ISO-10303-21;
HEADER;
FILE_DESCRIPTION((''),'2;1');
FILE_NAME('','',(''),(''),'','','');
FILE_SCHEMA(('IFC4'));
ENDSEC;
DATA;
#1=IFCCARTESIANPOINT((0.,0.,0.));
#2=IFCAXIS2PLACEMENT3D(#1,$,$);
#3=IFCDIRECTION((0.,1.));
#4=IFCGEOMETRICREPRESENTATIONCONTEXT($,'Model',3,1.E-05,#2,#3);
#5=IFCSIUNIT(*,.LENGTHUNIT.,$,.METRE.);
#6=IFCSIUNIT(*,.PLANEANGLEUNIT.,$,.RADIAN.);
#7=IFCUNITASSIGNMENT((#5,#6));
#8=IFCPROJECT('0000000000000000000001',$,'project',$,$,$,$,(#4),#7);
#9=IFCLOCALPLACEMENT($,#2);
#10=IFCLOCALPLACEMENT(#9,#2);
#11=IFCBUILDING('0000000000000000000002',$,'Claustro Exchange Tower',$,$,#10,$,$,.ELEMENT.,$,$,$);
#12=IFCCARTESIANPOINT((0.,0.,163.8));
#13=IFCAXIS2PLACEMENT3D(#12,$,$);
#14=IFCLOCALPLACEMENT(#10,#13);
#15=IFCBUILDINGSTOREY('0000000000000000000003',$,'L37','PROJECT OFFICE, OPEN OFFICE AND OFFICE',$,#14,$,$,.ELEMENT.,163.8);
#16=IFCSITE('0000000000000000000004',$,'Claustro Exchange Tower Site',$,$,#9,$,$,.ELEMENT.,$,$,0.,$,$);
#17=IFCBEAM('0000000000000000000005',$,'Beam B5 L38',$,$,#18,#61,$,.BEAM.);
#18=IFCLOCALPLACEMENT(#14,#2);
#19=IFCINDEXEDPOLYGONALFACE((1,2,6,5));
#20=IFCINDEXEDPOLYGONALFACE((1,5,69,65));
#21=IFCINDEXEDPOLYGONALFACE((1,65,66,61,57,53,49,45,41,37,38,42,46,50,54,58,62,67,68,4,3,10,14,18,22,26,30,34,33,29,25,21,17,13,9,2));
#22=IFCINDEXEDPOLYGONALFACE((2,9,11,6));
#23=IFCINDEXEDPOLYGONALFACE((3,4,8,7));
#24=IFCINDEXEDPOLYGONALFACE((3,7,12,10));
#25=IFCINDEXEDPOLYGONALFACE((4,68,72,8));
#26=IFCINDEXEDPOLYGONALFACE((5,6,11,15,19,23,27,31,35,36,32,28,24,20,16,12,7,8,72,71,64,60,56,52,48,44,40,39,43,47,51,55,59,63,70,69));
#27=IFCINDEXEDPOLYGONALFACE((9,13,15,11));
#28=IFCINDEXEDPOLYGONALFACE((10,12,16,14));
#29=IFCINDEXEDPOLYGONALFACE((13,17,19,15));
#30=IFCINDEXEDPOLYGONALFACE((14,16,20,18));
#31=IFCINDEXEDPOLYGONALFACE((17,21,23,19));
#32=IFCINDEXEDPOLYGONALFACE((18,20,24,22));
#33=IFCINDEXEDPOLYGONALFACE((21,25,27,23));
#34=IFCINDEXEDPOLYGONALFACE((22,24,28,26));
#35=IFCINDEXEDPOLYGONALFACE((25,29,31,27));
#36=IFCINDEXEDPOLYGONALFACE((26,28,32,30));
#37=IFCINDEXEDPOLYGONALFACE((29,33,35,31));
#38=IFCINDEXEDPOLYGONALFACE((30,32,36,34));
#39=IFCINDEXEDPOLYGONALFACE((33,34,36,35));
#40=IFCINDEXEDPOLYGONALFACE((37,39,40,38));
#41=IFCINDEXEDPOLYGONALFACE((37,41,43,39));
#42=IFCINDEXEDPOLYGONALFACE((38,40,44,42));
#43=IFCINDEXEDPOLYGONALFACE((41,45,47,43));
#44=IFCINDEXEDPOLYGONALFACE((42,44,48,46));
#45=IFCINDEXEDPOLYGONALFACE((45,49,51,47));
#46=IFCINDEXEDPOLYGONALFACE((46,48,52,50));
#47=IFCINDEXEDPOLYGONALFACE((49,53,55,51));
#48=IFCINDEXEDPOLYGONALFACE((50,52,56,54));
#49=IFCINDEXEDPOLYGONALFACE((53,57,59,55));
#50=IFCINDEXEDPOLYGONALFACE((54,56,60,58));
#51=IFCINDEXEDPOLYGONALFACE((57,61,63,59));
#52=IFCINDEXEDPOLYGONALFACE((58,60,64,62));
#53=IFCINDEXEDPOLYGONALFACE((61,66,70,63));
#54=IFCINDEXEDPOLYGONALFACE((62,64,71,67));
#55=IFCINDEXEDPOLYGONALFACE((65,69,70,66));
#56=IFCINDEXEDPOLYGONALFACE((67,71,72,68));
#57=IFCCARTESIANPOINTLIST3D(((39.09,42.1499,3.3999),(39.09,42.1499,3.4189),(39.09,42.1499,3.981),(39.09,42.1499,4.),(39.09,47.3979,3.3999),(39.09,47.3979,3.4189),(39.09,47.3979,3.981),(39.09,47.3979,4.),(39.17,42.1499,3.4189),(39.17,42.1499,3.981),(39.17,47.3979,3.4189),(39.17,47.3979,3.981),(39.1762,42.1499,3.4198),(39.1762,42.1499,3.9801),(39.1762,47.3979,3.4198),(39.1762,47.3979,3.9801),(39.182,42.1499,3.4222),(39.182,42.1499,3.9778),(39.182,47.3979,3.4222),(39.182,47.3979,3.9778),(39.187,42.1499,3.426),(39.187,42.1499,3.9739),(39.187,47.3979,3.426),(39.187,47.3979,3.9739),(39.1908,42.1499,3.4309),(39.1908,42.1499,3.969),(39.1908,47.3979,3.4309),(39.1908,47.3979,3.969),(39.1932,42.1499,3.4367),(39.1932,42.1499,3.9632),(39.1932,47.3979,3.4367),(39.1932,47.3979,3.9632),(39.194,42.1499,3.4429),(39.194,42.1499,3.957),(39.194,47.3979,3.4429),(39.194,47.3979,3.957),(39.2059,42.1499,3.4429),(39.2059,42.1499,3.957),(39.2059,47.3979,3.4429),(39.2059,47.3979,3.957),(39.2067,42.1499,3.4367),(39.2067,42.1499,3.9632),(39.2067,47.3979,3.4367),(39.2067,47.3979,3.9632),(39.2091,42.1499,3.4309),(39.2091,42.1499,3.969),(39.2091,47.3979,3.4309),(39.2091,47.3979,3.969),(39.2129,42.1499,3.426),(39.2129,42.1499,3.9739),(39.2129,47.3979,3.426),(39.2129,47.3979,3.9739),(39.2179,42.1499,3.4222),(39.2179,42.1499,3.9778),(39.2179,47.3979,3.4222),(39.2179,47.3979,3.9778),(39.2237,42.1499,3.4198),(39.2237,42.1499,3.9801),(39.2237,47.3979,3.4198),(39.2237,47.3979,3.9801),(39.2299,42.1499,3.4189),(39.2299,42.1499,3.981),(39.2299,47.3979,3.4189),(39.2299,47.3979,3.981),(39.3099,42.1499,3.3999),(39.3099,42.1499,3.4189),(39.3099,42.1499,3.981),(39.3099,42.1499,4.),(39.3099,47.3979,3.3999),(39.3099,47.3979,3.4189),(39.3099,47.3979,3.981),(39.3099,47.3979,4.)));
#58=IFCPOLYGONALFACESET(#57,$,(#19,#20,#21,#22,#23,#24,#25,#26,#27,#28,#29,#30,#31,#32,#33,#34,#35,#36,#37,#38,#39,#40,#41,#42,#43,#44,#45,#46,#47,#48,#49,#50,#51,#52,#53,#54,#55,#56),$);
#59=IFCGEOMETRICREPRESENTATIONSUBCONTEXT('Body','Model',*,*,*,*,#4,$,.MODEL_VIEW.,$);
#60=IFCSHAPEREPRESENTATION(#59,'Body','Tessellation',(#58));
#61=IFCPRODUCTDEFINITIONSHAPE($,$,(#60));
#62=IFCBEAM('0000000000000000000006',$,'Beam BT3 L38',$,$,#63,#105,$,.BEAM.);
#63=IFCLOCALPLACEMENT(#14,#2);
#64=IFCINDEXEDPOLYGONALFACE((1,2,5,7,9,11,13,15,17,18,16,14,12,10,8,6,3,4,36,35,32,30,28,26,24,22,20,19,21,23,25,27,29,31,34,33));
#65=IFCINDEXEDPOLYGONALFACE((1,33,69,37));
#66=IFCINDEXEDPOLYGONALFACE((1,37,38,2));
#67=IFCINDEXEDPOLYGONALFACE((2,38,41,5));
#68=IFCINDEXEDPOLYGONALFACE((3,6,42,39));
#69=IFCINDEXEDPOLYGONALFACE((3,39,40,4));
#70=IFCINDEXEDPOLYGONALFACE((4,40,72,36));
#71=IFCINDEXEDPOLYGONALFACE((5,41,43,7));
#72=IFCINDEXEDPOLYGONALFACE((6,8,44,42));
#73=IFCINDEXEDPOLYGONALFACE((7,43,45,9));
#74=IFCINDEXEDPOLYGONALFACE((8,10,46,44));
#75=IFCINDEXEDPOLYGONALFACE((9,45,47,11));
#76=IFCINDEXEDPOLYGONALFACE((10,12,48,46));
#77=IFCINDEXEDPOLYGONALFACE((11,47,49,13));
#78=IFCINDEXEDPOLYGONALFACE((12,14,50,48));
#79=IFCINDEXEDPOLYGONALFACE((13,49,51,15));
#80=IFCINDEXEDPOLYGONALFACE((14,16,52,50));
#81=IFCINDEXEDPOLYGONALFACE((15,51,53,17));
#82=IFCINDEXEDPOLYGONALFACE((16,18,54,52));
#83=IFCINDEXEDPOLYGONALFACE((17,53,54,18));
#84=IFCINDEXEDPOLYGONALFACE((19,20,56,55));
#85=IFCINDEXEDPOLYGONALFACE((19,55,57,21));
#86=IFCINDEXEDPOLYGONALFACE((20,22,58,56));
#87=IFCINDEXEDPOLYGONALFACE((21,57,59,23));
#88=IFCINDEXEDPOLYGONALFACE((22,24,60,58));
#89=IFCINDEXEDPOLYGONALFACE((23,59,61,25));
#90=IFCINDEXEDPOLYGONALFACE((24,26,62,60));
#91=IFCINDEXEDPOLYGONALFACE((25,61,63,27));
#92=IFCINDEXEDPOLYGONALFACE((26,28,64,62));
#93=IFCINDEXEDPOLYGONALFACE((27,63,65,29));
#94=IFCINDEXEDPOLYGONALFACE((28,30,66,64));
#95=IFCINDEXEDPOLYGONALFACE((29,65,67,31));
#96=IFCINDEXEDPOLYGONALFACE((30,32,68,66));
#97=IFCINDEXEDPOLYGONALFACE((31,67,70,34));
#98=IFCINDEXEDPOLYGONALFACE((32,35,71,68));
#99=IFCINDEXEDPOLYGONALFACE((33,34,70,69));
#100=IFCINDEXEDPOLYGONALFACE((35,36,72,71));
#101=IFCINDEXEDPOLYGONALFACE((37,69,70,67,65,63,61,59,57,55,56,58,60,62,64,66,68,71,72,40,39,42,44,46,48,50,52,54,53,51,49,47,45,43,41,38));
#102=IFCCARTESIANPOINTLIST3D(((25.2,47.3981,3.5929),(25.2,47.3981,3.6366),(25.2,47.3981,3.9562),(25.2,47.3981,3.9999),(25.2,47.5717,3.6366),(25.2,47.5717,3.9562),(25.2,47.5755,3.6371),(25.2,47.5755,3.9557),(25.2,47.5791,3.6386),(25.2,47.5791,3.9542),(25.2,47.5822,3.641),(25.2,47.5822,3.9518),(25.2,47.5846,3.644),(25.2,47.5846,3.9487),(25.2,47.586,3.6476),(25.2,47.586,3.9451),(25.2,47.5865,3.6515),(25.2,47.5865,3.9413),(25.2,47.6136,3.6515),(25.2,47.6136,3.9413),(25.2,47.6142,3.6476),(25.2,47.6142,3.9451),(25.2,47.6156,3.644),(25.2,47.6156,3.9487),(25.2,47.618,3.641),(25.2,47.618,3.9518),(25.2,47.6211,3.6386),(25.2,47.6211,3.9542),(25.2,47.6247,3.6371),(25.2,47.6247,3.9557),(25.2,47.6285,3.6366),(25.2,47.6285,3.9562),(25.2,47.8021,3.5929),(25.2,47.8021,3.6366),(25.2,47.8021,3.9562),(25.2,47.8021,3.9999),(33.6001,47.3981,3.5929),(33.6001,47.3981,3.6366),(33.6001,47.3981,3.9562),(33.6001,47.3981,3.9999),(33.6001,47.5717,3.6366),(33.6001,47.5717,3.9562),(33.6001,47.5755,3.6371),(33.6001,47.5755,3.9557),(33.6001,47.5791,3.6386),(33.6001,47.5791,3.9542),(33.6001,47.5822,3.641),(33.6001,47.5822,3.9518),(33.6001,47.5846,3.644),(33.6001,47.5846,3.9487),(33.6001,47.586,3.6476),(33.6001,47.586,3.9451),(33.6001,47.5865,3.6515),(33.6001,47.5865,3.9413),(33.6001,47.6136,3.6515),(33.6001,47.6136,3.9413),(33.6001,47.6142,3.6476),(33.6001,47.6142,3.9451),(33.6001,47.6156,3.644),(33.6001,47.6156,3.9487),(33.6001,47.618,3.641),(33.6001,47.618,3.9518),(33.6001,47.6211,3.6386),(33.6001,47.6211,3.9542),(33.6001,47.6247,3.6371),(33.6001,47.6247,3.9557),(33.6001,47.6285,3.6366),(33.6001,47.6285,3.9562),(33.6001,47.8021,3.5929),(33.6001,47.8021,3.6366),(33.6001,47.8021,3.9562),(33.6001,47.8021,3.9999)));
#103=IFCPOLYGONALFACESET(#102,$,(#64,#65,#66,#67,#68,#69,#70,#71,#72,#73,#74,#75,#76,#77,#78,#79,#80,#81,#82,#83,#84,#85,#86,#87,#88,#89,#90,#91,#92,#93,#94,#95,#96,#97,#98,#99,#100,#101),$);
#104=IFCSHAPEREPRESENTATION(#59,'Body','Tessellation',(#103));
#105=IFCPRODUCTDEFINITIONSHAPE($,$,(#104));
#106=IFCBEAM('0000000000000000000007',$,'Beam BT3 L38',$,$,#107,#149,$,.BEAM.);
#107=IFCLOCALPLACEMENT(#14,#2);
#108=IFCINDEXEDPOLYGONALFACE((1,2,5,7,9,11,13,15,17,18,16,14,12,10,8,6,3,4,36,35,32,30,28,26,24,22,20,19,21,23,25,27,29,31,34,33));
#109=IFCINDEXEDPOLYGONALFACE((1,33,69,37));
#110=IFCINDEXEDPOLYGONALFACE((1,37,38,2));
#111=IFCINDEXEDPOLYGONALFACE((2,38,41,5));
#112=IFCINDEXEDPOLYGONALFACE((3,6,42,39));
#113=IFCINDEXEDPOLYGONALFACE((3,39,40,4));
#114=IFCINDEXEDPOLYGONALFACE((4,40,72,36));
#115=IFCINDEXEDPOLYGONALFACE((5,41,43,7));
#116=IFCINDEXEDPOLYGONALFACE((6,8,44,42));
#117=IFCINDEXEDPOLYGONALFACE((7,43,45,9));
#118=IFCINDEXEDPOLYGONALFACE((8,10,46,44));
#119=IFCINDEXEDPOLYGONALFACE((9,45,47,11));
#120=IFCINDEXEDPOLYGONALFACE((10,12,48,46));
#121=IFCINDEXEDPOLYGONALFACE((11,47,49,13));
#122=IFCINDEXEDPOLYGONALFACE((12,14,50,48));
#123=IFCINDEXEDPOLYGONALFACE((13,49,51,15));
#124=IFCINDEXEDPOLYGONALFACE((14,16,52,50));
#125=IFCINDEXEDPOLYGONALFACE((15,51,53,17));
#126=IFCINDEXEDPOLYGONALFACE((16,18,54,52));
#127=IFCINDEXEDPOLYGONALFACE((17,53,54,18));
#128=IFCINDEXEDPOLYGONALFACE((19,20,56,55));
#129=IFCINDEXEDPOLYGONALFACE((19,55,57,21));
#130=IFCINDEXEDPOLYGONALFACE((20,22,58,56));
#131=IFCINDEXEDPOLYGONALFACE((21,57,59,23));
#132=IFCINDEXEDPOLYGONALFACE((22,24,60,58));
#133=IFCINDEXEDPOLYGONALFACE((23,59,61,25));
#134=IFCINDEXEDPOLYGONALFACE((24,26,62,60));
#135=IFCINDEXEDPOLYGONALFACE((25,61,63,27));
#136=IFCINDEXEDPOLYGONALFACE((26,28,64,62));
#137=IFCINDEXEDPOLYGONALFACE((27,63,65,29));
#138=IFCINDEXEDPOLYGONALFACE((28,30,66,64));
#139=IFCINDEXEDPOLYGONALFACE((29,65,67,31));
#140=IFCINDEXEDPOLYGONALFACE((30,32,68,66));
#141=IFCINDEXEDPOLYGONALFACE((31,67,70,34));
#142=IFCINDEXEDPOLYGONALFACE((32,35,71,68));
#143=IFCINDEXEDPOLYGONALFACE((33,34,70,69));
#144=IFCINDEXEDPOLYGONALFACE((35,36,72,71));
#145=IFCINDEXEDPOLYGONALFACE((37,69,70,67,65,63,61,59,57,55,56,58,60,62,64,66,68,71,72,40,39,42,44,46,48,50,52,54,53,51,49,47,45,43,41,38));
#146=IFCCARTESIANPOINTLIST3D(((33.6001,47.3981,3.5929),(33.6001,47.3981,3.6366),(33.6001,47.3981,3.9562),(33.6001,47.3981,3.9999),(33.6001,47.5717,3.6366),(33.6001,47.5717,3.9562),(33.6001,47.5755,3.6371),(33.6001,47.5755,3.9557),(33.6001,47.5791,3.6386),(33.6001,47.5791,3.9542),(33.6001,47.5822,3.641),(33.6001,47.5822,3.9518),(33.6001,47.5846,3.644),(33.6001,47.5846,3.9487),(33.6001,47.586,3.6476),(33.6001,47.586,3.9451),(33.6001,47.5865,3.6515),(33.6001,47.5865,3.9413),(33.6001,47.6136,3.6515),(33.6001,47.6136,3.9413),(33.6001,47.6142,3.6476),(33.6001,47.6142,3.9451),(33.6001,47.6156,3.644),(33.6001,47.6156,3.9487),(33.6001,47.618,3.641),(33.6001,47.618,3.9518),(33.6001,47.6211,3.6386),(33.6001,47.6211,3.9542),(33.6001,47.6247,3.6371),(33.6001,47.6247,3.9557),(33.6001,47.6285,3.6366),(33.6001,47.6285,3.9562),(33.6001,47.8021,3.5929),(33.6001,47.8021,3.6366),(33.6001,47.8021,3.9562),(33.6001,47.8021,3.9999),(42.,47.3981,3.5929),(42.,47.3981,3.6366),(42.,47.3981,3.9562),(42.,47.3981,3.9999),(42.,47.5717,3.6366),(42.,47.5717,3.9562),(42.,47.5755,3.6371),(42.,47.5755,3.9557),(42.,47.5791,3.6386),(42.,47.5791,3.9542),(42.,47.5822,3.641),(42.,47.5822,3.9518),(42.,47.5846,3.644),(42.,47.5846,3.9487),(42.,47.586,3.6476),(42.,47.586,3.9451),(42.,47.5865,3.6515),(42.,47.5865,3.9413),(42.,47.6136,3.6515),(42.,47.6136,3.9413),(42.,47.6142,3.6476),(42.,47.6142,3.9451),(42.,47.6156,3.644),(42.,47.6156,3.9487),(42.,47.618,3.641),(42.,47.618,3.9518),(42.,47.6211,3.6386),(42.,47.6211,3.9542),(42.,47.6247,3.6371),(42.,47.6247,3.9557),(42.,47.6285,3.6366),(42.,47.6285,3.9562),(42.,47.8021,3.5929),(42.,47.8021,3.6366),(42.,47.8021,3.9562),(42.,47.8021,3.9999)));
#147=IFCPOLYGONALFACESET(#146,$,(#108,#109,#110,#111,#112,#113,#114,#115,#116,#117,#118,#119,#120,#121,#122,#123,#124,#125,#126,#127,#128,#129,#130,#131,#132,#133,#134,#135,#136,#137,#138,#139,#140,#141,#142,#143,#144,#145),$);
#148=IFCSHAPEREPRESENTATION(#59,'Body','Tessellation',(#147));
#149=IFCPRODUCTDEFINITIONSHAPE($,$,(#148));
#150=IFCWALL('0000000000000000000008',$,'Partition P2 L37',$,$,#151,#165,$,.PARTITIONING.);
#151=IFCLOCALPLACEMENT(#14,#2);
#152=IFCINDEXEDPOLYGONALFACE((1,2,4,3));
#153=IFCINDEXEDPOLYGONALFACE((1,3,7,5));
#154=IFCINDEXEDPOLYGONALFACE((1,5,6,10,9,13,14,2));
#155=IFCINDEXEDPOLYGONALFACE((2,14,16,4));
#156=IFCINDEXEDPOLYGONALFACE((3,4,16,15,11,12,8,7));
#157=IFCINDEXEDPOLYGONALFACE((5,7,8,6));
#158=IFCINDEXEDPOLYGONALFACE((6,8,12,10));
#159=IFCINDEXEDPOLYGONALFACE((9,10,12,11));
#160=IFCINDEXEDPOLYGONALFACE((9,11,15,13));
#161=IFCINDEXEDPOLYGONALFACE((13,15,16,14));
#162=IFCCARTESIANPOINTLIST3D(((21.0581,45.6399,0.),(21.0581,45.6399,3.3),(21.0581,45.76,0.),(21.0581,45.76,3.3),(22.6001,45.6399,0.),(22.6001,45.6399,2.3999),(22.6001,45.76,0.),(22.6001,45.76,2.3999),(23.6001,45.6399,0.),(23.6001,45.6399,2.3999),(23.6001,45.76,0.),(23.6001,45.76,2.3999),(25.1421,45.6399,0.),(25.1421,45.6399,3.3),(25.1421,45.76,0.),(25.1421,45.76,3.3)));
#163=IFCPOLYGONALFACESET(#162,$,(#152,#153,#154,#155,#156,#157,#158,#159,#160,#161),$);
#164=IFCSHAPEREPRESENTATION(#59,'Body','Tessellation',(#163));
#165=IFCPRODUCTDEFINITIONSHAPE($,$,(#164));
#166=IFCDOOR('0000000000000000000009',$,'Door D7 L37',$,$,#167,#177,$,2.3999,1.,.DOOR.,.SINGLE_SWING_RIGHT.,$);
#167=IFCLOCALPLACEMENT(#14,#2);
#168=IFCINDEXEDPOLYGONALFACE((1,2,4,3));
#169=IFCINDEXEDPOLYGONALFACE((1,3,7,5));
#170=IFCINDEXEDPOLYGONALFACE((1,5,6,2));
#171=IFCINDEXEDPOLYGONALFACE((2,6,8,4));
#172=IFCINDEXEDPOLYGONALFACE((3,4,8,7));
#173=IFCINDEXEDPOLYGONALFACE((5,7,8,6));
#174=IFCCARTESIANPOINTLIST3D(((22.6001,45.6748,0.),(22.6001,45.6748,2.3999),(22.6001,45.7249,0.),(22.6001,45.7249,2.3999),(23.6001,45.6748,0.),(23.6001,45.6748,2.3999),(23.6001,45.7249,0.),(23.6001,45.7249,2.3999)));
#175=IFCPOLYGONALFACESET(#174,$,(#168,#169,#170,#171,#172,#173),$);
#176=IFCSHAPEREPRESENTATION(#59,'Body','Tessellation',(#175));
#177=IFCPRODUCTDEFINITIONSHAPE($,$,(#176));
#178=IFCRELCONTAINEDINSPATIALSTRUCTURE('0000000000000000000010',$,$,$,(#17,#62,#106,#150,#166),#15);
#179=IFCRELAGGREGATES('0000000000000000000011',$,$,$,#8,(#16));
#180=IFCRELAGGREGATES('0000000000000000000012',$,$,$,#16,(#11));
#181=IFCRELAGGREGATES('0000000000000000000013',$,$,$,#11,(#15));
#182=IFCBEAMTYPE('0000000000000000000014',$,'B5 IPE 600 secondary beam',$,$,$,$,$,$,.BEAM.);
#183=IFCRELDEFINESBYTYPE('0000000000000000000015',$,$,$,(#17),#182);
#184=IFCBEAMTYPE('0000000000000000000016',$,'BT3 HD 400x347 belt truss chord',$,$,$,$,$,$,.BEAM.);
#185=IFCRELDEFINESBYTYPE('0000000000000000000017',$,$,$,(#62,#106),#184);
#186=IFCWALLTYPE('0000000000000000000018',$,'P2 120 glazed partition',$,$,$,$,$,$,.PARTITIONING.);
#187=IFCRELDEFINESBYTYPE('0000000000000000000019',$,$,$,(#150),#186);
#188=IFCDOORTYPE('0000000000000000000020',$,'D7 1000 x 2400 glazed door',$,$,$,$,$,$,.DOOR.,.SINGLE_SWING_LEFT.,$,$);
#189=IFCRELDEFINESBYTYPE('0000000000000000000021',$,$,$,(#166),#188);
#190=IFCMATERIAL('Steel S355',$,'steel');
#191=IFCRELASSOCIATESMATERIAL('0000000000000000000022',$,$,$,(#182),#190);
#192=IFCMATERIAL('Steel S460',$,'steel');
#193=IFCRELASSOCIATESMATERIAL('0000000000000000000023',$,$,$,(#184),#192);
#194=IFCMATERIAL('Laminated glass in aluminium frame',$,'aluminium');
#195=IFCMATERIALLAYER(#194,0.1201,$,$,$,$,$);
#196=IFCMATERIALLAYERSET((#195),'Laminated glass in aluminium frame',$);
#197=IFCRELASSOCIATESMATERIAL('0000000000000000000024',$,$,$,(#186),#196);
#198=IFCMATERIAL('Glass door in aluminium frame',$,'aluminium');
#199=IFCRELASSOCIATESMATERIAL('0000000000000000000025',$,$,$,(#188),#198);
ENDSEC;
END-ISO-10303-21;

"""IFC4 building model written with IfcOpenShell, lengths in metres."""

from ifc_helpers import new_model, si_unit, direction, frame, frame_2d, origin, origin_2d, place, context, subcontext, project, spatial, rectangle, i_section, extrude, material, layer, layer_set, material_profile, profile_set, type_object, element, fill, save


model = new_model("IFC4")

# Units and contexts
model_context = context("Model", 3, precision=1e-05, world=origin(), true_north=direction((0.0, 1.0)))
body_context = subcontext(model_context, "Body", "Model", "MODEL_VIEW")
ifc_project = project(units=[si_unit("LENGTHUNIT", "METRE"), si_unit("PLANEANGLEUNIT", "RADIAN")], contexts=[model_context])

# Site, building, storey
site_placement = place(None, origin())
site = spatial("IfcSite", under=ifc_project, at=site_placement, Name="Claustro Exchange Tower Site", CompositionType="ELEMENT", RefElevation=0.0)
building_placement = place(site_placement, origin())
building = spatial("IfcBuilding", under=site, at=building_placement, Name="Claustro Exchange Tower", CompositionType="ELEMENT")
storey_placement = place(building_placement, frame((0.0, 0.0, 163.8)))
storey = spatial("IfcBuildingStorey", under=building, at=storey_placement, Name="L37", Description="PROJECT OFFICE, OPEN OFFICE AND OFFICE", CompositionType="ELEMENT", Elevation=163.8)

# Beams
ifc_material_1 = material(Name="Steel S355", Category="steel")
ifc_material_profile_1 = material_profile(ifc_material_1, i_section(OverallWidth=0.22, OverallDepth=0.6001, WebThickness=0.012, FlangeThickness=0.019, FilletRadius=0.0239, at=origin_2d()), Name="IPE 600")
ifc_profile_set_1 = profile_set([ifc_material_profile_1], Name="Steel S355")
beam_type_1 = type_object("IfcBeamType", Name="B5 IPE 600 secondary beam", PredefinedType="BEAM", material=ifc_profile_set_1)
for number, where, z_axis, x_axis, name in (
    (1, (39.2, 42.1499, 3.7), (0.0, 1.0, 0.0), (-1.0, 0.0, 0.0), "Beam B5 L38"),
):
    element("IfcBeam", number, at=place(storey_placement, frame(where, z_axis=z_axis, x_axis=x_axis)), inside=storey, type_object=beam_type_1, Name=name, PredefinedType="BEAM", context=body_context, shape_type="SweptSolid", body=[
        extrude(i_section(OverallWidth=0.22, OverallDepth=0.6001, WebThickness=0.012, FlangeThickness=0.019, FilletRadius=0.0239, at=origin_2d()), origin(), (0.0, 0.0, 1.0), 5.248),
    ])
ifc_material_2 = material(Name="Steel S460", Category="steel")
ifc_material_profile_2 = material_profile(ifc_material_2, i_section(OverallWidth=0.4041, OverallDepth=0.407, WebThickness=0.0271, FlangeThickness=0.0437, FilletRadius=0.0149, at=origin_2d()), Name="HD 400x347")
ifc_profile_set_2 = profile_set([ifc_material_profile_2], Name="Steel S460")
beam_type_2 = type_object("IfcBeamType", Name="BT3 HD 400x347 belt truss chord", PredefinedType="BEAM", material=ifc_profile_set_2)
beam_1_placement = place(storey_placement, frame((25.2, 47.6001, 3.7964), z_axis=(1.0, 0.0, 0.0), x_axis=(0.0, 1.0, 0.0)))
element("IfcBeam", 2, at=beam_1_placement, inside=storey, type_object=beam_type_2, Name="Beam BT3 L38", PredefinedType="BEAM", context=body_context, shape_type="SweptSolid", body=[
    extrude(i_section(OverallWidth=0.4041, OverallDepth=0.407, WebThickness=0.0271, FlangeThickness=0.0437, FilletRadius=0.0149, at=origin_2d()), origin(), (0.0, 0.0, 1.0), 8.4001),
])
beam_2_placement = place(storey_placement, frame((33.6001, 47.6001, 3.7964), z_axis=(1.0, 0.0, 0.0), x_axis=(0.0, 1.0, 0.0)))
element("IfcBeam", 3, at=beam_2_placement, inside=storey, type_object=beam_type_2, Name="Beam BT3 L38", PredefinedType="BEAM", context=body_context, shape_type="SweptSolid", body=[
    extrude(i_section(OverallWidth=0.4041, OverallDepth=0.407, WebThickness=0.0271, FlangeThickness=0.0437, FilletRadius=0.0149, at=origin_2d()), origin(), (0.0, 0.0, 1.0), 8.3999),
])

# Wall, opening, door
ifc_material_3 = material(Name="Laminated glass in aluminium frame", Category="aluminium")
ifc_layer_1 = layer(ifc_material_3, 0.1201)
ifc_layer_set_1 = layer_set([ifc_layer_1], Name="Laminated glass in aluminium frame")
wall_type_1 = type_object("IfcWallType", Name="P2 120 glazed partition", PredefinedType="PARTITIONING", material=ifc_layer_set_1)
wall_1_placement = place(storey_placement, frame((21.0581, 45.7, 0.0), z_axis=(0.0, 0.0, 1.0), x_axis=(1.0, 0.0, 0.0)))
wall_1 = element("IfcWall", 4, at=wall_1_placement, inside=storey, type_object=wall_type_1, Name="Partition P2 L37", PredefinedType="PARTITIONING", context=body_context, shape_type="SweptSolid", body=[
    extrude(rectangle(XDim=4.084, YDim=0.1201, at=frame_2d((2.042, 0.0))), origin(), (0.0, 0.0, 1.0), 3.3),
])
opening_1_placement = place(wall_1_placement, frame((1.542, 0.0, 0.0)))
opening_1 = element("IfcOpeningElement", 5, at=opening_1_placement, cuts=wall_1, PredefinedType="OPENING", context=body_context, shape_type="SweptSolid", body=[
    extrude(rectangle(XDim=1.0, YDim=2.3999, at=frame_2d((0.5, 1.2))), frame((0.0, 0.0701, 0.0), z_axis=(0.0, -1.0, 0.0), x_axis=(1.0, 0.0, 0.0)), (0.0, 0.0, 1.0), 0.1401),
])
ifc_material_4 = material(Name="Glass door in aluminium frame", Category="aluminium")
door_type = type_object("IfcDoorType", Name="D7 1000 x 2400 glazed door", OperationType="SINGLE_SWING_LEFT", PredefinedType="DOOR", material=ifc_material_4)
door_1_placement = place(opening_1_placement, origin())
door_1 = element("IfcDoor", 6, at=door_1_placement, inside=storey, type_object=door_type, Name="Door D7 L37", OperationType="SINGLE_SWING_RIGHT", OverallHeight=2.3999, OverallWidth=1.0, PredefinedType="DOOR", context=body_context, shape_type="SweptSolid", body=[
    extrude(rectangle(XDim=1.0, YDim=2.3999, at=frame_2d((0.5, 1.2))), frame((0.0, 0.0249, 0.0), z_axis=(0.0, -1.0, 0.0), x_axis=(1.0, 0.0, 0.0)), (0.0, 0.0, 1.0), 0.05),
])
fill(opening_1, door_1)

save(model, "model.ifc")
